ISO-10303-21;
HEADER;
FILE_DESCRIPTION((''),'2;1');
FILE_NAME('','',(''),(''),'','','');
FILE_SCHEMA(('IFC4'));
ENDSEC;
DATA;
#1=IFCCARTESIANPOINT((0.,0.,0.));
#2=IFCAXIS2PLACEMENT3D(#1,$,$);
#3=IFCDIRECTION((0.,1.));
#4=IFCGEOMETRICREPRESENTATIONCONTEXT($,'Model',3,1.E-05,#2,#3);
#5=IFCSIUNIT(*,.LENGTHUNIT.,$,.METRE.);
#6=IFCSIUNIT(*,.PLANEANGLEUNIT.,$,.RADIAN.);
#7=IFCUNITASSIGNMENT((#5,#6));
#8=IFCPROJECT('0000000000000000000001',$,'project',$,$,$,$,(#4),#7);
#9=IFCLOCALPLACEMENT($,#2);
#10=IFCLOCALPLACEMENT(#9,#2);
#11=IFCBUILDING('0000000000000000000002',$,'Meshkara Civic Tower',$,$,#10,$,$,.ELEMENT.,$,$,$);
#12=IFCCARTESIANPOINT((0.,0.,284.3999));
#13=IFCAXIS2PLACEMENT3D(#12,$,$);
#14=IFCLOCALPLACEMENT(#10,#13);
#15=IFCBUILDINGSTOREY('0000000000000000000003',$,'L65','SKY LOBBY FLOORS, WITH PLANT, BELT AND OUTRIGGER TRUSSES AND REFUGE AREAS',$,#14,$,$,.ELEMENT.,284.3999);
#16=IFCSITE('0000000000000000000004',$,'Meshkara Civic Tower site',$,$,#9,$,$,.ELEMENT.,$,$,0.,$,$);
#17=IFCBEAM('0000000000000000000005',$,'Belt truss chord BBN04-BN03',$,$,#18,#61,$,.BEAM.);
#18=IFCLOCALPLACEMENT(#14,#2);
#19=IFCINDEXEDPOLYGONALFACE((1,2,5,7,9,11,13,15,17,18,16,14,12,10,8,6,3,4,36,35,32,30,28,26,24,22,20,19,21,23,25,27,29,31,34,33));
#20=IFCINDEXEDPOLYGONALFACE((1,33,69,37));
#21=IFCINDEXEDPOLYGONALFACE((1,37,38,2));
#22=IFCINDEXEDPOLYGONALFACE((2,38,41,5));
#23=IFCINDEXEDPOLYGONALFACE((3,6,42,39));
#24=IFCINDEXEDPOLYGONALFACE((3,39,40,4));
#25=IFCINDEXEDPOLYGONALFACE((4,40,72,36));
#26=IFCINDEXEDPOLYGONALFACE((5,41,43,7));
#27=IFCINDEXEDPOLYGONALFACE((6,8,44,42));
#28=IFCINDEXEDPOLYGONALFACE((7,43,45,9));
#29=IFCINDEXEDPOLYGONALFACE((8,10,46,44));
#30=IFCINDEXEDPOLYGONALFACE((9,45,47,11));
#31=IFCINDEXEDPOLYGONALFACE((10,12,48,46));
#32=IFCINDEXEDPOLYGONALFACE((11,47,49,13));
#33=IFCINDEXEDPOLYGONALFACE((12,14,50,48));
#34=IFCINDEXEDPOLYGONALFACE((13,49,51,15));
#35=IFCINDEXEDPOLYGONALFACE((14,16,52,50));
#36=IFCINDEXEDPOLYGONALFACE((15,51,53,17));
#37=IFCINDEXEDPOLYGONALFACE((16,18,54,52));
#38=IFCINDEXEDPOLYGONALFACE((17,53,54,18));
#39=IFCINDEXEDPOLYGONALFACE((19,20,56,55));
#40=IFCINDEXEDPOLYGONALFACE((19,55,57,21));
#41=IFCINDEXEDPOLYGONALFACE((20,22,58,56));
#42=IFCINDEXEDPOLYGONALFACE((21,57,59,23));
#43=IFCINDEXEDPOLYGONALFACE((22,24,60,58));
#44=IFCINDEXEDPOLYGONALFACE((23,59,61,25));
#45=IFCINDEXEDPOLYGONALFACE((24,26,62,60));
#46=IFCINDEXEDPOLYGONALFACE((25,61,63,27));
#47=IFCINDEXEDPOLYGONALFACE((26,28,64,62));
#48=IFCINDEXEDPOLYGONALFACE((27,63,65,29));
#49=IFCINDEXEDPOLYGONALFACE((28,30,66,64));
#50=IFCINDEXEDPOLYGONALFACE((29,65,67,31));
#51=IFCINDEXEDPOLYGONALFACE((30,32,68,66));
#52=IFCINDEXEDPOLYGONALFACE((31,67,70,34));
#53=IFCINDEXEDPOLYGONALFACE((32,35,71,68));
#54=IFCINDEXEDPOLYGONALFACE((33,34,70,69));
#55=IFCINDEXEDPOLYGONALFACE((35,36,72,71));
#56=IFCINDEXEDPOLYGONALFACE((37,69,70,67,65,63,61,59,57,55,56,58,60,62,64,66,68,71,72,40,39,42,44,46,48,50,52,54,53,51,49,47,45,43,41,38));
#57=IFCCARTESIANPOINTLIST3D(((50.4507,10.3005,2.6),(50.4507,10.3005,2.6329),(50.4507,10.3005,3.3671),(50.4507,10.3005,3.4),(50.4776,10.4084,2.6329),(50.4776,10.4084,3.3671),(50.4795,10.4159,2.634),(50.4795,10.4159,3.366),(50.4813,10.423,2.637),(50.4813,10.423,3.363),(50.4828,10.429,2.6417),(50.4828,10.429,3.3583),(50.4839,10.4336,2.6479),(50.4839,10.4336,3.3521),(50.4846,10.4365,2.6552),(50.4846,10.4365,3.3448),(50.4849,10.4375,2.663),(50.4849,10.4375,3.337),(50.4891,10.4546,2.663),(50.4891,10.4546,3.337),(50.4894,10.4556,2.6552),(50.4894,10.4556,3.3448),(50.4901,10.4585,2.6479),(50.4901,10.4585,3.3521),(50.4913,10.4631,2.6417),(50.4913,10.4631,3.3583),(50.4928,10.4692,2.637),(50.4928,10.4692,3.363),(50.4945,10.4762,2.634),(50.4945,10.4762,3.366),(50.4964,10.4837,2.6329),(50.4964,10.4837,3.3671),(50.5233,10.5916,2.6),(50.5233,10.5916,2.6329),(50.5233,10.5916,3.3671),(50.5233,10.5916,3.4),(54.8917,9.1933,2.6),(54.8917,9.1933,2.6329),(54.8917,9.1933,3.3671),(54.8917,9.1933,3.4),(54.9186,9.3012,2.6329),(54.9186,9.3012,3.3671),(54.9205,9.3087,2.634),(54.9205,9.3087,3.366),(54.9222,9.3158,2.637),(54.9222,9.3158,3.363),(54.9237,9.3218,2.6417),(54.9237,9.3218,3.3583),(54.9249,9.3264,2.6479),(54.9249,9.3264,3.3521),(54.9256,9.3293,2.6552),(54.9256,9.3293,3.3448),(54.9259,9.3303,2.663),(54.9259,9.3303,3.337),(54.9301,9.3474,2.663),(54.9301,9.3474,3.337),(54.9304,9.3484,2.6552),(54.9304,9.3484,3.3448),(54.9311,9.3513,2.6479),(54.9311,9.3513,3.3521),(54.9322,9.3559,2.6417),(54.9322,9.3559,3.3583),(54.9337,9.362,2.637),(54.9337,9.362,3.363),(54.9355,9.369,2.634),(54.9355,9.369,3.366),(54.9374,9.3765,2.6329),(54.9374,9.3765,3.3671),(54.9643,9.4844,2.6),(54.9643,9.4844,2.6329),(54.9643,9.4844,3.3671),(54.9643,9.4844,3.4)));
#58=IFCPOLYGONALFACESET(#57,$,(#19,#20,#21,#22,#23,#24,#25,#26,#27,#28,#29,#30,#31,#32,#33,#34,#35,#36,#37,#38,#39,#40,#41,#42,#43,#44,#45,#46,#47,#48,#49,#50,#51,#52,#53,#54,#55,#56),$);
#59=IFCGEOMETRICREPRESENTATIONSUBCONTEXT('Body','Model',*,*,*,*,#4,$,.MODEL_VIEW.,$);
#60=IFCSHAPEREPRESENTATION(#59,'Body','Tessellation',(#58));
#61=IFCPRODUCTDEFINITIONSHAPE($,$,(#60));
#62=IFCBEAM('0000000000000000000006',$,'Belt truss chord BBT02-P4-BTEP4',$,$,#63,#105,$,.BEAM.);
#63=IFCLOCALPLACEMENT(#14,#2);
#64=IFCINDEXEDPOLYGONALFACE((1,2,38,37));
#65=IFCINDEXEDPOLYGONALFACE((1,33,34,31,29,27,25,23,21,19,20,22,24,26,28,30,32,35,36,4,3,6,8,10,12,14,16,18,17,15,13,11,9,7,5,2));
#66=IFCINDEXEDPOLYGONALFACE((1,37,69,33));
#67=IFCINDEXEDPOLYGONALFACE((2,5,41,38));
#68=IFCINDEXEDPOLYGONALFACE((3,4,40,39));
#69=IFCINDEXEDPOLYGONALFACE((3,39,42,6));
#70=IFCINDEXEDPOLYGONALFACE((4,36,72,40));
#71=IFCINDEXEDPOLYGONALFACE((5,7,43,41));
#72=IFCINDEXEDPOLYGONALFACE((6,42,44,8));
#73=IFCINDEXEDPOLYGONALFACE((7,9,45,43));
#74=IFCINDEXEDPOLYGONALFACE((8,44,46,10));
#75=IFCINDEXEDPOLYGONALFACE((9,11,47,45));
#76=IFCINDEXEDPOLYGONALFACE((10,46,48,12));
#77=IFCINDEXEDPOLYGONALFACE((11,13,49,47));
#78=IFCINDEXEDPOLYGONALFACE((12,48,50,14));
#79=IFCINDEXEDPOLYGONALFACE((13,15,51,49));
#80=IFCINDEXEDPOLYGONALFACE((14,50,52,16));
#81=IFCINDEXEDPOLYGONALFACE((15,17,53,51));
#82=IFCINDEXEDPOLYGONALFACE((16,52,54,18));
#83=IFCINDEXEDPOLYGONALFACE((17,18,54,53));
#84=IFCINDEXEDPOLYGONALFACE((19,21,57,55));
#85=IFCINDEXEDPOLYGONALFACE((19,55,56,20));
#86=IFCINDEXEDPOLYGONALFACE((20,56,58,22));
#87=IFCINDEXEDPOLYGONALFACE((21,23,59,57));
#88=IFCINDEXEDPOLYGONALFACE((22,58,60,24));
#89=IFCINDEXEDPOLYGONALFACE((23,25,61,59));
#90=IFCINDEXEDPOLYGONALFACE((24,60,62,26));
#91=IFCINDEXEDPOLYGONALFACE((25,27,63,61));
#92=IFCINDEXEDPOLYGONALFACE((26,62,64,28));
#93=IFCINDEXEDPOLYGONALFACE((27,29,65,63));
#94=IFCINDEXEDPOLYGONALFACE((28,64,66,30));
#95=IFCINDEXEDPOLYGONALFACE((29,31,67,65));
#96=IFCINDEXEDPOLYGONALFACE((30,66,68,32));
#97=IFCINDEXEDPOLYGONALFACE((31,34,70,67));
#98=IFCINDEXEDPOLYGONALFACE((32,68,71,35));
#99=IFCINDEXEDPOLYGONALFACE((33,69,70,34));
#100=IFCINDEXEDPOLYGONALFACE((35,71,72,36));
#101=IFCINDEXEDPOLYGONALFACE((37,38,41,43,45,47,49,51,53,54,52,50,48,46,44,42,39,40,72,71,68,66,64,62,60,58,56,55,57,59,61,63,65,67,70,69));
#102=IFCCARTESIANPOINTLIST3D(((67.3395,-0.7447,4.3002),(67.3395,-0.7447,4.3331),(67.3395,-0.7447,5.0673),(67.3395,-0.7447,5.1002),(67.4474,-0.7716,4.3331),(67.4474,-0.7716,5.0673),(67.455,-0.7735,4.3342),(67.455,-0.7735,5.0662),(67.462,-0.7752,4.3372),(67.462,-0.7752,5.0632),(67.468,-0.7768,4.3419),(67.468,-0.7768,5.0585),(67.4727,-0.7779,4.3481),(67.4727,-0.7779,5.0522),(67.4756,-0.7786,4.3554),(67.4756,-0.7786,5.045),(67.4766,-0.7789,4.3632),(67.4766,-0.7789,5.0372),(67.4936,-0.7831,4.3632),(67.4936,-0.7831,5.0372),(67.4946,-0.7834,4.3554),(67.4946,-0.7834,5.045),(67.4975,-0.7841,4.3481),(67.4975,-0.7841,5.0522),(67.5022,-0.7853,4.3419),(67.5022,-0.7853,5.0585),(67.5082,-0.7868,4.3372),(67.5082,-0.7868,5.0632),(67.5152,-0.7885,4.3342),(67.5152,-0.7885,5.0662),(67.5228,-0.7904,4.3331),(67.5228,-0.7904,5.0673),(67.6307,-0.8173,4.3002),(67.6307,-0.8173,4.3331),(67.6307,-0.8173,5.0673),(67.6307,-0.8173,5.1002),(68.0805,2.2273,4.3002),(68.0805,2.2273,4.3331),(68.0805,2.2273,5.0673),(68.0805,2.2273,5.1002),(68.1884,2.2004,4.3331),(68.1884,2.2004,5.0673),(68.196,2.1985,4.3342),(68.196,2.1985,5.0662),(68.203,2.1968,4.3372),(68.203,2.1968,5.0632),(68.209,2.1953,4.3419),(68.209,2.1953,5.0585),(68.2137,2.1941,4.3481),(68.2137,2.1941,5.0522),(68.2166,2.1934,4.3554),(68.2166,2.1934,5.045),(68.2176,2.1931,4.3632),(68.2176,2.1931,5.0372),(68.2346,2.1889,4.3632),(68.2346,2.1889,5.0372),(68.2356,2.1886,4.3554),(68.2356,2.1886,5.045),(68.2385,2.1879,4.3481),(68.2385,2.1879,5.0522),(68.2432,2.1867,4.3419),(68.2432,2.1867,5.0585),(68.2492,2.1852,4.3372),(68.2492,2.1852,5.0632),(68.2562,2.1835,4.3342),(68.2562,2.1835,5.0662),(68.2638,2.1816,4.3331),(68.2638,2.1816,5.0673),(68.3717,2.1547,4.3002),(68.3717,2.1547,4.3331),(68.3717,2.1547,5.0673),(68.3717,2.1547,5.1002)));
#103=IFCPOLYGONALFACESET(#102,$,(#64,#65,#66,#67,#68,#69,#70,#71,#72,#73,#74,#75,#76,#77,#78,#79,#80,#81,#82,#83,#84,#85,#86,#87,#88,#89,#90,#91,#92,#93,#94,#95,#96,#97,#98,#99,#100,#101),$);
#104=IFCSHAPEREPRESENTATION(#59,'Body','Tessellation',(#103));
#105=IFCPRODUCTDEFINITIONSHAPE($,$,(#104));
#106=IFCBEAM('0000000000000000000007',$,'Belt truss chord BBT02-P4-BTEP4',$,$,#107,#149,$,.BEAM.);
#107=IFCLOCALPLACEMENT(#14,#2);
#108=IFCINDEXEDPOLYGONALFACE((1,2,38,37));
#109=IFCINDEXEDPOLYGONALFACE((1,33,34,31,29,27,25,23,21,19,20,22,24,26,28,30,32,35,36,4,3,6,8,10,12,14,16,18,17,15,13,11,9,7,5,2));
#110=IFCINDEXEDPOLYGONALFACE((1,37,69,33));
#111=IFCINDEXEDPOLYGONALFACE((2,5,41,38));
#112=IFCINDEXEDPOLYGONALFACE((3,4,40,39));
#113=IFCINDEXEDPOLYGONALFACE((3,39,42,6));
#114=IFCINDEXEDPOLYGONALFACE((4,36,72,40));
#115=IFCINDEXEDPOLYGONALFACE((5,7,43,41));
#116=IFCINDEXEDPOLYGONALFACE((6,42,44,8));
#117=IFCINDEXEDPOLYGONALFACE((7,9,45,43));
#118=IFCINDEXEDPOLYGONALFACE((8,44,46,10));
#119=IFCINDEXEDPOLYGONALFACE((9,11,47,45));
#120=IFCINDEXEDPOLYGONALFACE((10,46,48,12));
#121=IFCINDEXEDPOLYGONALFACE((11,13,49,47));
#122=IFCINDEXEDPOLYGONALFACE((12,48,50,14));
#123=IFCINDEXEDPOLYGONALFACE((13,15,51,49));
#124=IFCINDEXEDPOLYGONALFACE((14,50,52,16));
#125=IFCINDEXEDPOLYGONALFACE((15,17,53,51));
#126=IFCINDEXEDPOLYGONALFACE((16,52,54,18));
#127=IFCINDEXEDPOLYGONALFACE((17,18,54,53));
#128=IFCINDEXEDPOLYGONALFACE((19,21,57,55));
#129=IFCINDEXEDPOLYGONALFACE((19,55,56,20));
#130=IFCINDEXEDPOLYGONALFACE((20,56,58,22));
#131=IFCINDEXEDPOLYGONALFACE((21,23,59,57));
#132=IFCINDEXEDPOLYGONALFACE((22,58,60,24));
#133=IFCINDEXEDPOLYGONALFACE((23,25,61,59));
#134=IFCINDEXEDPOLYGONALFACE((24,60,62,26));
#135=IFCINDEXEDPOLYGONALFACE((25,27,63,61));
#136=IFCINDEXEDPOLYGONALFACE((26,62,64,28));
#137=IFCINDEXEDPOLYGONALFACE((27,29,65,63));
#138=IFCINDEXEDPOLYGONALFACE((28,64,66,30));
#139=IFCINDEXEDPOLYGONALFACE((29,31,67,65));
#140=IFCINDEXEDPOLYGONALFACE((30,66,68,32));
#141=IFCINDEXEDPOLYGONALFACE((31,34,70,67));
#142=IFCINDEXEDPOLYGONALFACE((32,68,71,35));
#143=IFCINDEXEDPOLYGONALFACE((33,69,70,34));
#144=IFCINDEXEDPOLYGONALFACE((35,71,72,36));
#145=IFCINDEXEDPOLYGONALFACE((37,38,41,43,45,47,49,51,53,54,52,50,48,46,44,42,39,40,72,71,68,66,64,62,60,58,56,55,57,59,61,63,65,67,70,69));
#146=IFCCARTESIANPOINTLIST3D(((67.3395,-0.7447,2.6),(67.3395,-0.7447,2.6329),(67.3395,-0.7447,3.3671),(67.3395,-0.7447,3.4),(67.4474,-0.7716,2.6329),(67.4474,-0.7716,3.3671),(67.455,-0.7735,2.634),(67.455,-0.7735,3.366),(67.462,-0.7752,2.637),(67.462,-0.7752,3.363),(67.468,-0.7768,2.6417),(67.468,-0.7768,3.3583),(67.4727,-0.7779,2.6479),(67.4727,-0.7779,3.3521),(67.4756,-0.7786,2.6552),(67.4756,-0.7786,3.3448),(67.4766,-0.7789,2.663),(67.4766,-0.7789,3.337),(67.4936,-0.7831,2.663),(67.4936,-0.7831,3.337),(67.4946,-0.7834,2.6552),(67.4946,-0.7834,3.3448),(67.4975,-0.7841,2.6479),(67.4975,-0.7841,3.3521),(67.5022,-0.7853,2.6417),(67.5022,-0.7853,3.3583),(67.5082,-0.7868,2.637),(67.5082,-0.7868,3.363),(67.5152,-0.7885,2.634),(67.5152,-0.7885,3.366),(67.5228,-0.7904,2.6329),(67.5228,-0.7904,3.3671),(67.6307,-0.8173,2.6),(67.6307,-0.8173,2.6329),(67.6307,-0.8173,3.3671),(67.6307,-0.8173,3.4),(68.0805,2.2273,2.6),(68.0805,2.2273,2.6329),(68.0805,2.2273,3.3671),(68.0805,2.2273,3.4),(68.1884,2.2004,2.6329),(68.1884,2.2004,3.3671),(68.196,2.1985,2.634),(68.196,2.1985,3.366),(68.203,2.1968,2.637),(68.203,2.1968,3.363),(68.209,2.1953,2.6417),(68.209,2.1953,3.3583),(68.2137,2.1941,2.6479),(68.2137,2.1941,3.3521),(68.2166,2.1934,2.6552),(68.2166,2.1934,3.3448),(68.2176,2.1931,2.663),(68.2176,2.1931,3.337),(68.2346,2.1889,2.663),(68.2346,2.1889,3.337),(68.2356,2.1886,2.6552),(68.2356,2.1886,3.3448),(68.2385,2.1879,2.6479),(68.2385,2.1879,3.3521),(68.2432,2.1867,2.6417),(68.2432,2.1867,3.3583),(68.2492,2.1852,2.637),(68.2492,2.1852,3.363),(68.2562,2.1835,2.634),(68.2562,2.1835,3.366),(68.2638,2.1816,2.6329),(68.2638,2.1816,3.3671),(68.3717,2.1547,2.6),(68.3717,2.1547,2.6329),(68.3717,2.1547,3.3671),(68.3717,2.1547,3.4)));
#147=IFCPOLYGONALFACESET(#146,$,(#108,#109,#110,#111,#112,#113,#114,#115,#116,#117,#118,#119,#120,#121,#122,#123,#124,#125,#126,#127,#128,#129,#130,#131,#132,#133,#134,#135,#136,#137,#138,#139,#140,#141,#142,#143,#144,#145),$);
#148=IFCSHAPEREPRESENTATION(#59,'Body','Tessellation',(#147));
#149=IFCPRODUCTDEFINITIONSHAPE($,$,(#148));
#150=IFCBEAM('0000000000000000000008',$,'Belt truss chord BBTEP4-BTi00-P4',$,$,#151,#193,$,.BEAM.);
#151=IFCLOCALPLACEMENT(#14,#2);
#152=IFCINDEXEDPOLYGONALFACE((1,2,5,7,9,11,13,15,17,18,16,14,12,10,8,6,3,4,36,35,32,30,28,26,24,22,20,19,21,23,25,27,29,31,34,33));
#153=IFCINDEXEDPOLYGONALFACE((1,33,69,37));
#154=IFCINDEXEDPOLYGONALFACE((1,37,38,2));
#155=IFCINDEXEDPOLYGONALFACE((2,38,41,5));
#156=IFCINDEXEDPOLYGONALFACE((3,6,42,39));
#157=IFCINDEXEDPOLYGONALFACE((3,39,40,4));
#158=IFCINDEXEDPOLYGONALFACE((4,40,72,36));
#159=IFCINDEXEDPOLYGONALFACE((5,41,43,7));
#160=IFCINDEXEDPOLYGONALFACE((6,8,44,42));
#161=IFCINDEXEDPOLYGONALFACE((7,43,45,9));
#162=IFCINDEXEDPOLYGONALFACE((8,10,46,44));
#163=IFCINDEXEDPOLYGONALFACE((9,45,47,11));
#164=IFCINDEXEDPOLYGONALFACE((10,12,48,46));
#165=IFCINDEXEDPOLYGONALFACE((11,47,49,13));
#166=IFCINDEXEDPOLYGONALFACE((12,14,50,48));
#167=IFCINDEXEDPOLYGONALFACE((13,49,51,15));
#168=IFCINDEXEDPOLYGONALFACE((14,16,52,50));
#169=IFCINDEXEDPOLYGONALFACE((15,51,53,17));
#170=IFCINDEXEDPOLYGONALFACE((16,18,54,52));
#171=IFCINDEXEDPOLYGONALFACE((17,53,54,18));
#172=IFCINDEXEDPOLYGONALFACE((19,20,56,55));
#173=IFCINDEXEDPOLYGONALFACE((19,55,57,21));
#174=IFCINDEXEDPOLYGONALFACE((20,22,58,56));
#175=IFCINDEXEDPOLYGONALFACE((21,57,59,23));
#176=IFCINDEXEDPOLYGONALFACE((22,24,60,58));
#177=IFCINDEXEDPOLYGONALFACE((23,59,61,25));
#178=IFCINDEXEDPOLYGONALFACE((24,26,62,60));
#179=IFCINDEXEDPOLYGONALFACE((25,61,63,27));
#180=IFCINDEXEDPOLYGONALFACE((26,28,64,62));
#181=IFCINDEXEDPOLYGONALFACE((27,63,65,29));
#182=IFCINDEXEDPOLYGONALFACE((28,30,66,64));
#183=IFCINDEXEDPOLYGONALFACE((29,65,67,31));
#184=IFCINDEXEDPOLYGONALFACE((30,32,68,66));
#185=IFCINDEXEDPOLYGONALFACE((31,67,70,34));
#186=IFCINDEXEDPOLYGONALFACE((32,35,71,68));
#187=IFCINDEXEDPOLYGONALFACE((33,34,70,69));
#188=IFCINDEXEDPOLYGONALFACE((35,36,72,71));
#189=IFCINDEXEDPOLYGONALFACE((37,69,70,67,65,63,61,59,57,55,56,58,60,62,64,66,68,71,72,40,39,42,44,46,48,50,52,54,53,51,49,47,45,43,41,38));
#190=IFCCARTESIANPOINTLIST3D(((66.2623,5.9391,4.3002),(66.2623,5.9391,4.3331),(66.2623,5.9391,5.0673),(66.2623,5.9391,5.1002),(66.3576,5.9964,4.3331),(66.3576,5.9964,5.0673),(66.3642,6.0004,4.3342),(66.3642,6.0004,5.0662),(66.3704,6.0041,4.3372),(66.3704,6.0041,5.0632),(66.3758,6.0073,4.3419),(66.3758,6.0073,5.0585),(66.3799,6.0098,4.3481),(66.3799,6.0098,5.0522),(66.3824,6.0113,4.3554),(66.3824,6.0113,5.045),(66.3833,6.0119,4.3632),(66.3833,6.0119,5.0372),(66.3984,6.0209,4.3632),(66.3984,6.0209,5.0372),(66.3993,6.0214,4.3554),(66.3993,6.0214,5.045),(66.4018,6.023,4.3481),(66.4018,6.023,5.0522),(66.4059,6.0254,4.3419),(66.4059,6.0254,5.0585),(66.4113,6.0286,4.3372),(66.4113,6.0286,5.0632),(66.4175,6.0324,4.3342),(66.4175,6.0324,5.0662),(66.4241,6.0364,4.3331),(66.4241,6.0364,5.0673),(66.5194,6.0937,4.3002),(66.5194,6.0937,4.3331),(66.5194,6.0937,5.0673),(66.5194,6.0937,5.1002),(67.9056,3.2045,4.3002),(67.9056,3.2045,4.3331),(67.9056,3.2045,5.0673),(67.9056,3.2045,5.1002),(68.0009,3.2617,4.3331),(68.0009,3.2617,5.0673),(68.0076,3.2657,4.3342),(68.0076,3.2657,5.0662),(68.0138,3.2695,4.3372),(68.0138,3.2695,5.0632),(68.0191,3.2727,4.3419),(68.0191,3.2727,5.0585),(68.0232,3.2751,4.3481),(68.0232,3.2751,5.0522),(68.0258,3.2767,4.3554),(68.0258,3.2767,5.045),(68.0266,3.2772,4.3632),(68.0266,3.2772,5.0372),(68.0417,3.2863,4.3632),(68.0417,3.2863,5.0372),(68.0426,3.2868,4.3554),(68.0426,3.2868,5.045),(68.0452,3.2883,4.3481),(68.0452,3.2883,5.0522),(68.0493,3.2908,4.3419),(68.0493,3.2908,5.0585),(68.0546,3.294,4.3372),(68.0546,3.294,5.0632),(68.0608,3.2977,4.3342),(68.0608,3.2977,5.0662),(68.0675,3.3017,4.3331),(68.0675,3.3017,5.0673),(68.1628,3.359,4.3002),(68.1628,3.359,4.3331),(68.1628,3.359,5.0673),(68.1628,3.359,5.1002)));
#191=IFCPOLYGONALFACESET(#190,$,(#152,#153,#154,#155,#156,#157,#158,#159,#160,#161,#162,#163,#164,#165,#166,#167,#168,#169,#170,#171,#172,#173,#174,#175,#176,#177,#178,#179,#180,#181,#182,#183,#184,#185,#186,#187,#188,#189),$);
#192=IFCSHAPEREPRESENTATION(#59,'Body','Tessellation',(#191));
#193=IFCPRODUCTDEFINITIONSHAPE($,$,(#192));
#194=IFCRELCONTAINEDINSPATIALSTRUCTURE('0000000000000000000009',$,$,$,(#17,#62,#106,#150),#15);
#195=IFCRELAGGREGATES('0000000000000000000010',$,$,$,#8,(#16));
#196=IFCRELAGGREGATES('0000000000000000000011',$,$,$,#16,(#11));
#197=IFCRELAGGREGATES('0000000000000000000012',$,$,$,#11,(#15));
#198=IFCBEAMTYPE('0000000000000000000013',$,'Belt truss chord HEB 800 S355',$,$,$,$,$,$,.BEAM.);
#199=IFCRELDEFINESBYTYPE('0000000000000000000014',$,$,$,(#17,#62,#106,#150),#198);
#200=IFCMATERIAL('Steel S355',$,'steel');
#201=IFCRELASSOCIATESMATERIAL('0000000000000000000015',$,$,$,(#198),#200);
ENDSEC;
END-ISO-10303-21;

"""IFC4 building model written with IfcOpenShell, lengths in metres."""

from ifc_helpers import new_model, si_unit, direction, frame, origin, origin_2d, place, context, subcontext, project, spatial, i_section, extrude, material, material_profile, profile_set, type_object, element, save


model = new_model("IFC4")

# Units and contexts
model_context = context("Model", 3, precision=1e-05, world=origin(), true_north=direction((0.0, 1.0)))
body_context = subcontext(model_context, "Body", "Model", "MODEL_VIEW")
ifc_project = project(units=[si_unit("LENGTHUNIT", "METRE"), si_unit("PLANEANGLEUNIT", "RADIAN")], contexts=[model_context])

# Site, building, storey
site_placement = place(None, origin())
site = spatial("IfcSite", under=ifc_project, at=site_placement, Name="Meshkara Civic Tower site", CompositionType="ELEMENT", RefElevation=0.0)
building_placement = place(site_placement, origin())
building = spatial("IfcBuilding", under=site, at=building_placement, Name="Meshkara Civic Tower", CompositionType="ELEMENT")
storey_placement = place(building_placement, frame((0.0, 0.0, 284.3999)))
storey = spatial("IfcBuildingStorey", under=building, at=storey_placement, Name="L65", Description="SKY LOBBY FLOORS, WITH PLANT, BELT AND OUTRIGGER TRUSSES AND REFUGE AREAS", CompositionType="ELEMENT", Elevation=284.3999)

# Beams
ifc_material_1 = material(Name="Steel S355", Category="steel")
ifc_material_profile_1 = material_profile(ifc_material_1, i_section(OverallWidth=0.3, OverallDepth=0.8, WebThickness=0.0176, FlangeThickness=0.033, FilletRadius=0.03, at=origin_2d()))
ifc_profile_set_1 = profile_set([ifc_material_profile_1], Name="Steel S355")
beam_type = type_object("IfcBeamType", Name="Belt truss chord HEB 800 S355", PredefinedType="BEAM", material=ifc_profile_set_1)
for number, where, z_axis, x_axis, name in (
    (1, (54.928, 9.3389, 3.0), (-0.970299, 0.241908, 0.0), (-0.241908, -0.970299, 0.0), "Belt truss chord BBN04-BN03"),
):
    element("IfcBeam", number, at=place(storey_placement, frame(where, z_axis=z_axis, x_axis=x_axis)), inside=storey, type_object=beam_type, Name=name, PredefinedType="BEAM", context=body_context, shape_type="SweptSolid", body=[
        extrude(i_section(OverallWidth=0.3, OverallDepth=0.8, WebThickness=0.0176, FlangeThickness=0.033, FilletRadius=0.03, at=origin_2d()), origin(), (0.0, 0.0, 1.0), 4.5769),
    ])
for number, where, z_axis, x_axis, name in (
    (2, (67.4851, -0.781, 4.7002), (0.241917, 0.970297, 0.0), (-0.970297, 0.241917, 0.0), "Belt truss chord BBT02-P4-BTEP4"),
    (3, (67.4851, -0.781, 3.0), (0.241917, 0.970297, 0.0), (-0.970297, 0.241917, 0.0), "Belt truss chord BBT02-P4-BTEP4"),
):
    element("IfcBeam", number, at=place(storey_placement, frame(where, z_axis=z_axis, x_axis=x_axis)), inside=storey, type_object=beam_type, Name=name, PredefinedType="BEAM", context=body_context, shape_type="SweptSolid", body=[
        extrude(i_section(OverallWidth=0.3, OverallDepth=0.8, WebThickness=0.0176, FlangeThickness=0.033, FilletRadius=0.03, at=origin_2d()), origin(), (0.0, 0.0, 1.0), 3.063),
    ])
for number, where, z_axis, x_axis, name in (
    (4, (68.0342, 3.2817, 4.7002), (-0.515081, 0.857142, 0.0), (-0.857142, -0.515081, 0.0), "Belt truss chord BBTEP4-BTi00-P4"),
):
    element("IfcBeam", number, at=place(storey_placement, frame(where, z_axis=z_axis, x_axis=x_axis)), inside=storey, type_object=beam_type, Name=name, PredefinedType="BEAM", context=body_context, shape_type="SweptSolid", body=[
        extrude(i_section(OverallWidth=0.3, OverallDepth=0.8, WebThickness=0.0176, FlangeThickness=0.033, FilletRadius=0.03, at=origin_2d()), origin(), (0.0, 0.0, 1.0), 3.1904),
    ])

save(model, "model.ifc")
